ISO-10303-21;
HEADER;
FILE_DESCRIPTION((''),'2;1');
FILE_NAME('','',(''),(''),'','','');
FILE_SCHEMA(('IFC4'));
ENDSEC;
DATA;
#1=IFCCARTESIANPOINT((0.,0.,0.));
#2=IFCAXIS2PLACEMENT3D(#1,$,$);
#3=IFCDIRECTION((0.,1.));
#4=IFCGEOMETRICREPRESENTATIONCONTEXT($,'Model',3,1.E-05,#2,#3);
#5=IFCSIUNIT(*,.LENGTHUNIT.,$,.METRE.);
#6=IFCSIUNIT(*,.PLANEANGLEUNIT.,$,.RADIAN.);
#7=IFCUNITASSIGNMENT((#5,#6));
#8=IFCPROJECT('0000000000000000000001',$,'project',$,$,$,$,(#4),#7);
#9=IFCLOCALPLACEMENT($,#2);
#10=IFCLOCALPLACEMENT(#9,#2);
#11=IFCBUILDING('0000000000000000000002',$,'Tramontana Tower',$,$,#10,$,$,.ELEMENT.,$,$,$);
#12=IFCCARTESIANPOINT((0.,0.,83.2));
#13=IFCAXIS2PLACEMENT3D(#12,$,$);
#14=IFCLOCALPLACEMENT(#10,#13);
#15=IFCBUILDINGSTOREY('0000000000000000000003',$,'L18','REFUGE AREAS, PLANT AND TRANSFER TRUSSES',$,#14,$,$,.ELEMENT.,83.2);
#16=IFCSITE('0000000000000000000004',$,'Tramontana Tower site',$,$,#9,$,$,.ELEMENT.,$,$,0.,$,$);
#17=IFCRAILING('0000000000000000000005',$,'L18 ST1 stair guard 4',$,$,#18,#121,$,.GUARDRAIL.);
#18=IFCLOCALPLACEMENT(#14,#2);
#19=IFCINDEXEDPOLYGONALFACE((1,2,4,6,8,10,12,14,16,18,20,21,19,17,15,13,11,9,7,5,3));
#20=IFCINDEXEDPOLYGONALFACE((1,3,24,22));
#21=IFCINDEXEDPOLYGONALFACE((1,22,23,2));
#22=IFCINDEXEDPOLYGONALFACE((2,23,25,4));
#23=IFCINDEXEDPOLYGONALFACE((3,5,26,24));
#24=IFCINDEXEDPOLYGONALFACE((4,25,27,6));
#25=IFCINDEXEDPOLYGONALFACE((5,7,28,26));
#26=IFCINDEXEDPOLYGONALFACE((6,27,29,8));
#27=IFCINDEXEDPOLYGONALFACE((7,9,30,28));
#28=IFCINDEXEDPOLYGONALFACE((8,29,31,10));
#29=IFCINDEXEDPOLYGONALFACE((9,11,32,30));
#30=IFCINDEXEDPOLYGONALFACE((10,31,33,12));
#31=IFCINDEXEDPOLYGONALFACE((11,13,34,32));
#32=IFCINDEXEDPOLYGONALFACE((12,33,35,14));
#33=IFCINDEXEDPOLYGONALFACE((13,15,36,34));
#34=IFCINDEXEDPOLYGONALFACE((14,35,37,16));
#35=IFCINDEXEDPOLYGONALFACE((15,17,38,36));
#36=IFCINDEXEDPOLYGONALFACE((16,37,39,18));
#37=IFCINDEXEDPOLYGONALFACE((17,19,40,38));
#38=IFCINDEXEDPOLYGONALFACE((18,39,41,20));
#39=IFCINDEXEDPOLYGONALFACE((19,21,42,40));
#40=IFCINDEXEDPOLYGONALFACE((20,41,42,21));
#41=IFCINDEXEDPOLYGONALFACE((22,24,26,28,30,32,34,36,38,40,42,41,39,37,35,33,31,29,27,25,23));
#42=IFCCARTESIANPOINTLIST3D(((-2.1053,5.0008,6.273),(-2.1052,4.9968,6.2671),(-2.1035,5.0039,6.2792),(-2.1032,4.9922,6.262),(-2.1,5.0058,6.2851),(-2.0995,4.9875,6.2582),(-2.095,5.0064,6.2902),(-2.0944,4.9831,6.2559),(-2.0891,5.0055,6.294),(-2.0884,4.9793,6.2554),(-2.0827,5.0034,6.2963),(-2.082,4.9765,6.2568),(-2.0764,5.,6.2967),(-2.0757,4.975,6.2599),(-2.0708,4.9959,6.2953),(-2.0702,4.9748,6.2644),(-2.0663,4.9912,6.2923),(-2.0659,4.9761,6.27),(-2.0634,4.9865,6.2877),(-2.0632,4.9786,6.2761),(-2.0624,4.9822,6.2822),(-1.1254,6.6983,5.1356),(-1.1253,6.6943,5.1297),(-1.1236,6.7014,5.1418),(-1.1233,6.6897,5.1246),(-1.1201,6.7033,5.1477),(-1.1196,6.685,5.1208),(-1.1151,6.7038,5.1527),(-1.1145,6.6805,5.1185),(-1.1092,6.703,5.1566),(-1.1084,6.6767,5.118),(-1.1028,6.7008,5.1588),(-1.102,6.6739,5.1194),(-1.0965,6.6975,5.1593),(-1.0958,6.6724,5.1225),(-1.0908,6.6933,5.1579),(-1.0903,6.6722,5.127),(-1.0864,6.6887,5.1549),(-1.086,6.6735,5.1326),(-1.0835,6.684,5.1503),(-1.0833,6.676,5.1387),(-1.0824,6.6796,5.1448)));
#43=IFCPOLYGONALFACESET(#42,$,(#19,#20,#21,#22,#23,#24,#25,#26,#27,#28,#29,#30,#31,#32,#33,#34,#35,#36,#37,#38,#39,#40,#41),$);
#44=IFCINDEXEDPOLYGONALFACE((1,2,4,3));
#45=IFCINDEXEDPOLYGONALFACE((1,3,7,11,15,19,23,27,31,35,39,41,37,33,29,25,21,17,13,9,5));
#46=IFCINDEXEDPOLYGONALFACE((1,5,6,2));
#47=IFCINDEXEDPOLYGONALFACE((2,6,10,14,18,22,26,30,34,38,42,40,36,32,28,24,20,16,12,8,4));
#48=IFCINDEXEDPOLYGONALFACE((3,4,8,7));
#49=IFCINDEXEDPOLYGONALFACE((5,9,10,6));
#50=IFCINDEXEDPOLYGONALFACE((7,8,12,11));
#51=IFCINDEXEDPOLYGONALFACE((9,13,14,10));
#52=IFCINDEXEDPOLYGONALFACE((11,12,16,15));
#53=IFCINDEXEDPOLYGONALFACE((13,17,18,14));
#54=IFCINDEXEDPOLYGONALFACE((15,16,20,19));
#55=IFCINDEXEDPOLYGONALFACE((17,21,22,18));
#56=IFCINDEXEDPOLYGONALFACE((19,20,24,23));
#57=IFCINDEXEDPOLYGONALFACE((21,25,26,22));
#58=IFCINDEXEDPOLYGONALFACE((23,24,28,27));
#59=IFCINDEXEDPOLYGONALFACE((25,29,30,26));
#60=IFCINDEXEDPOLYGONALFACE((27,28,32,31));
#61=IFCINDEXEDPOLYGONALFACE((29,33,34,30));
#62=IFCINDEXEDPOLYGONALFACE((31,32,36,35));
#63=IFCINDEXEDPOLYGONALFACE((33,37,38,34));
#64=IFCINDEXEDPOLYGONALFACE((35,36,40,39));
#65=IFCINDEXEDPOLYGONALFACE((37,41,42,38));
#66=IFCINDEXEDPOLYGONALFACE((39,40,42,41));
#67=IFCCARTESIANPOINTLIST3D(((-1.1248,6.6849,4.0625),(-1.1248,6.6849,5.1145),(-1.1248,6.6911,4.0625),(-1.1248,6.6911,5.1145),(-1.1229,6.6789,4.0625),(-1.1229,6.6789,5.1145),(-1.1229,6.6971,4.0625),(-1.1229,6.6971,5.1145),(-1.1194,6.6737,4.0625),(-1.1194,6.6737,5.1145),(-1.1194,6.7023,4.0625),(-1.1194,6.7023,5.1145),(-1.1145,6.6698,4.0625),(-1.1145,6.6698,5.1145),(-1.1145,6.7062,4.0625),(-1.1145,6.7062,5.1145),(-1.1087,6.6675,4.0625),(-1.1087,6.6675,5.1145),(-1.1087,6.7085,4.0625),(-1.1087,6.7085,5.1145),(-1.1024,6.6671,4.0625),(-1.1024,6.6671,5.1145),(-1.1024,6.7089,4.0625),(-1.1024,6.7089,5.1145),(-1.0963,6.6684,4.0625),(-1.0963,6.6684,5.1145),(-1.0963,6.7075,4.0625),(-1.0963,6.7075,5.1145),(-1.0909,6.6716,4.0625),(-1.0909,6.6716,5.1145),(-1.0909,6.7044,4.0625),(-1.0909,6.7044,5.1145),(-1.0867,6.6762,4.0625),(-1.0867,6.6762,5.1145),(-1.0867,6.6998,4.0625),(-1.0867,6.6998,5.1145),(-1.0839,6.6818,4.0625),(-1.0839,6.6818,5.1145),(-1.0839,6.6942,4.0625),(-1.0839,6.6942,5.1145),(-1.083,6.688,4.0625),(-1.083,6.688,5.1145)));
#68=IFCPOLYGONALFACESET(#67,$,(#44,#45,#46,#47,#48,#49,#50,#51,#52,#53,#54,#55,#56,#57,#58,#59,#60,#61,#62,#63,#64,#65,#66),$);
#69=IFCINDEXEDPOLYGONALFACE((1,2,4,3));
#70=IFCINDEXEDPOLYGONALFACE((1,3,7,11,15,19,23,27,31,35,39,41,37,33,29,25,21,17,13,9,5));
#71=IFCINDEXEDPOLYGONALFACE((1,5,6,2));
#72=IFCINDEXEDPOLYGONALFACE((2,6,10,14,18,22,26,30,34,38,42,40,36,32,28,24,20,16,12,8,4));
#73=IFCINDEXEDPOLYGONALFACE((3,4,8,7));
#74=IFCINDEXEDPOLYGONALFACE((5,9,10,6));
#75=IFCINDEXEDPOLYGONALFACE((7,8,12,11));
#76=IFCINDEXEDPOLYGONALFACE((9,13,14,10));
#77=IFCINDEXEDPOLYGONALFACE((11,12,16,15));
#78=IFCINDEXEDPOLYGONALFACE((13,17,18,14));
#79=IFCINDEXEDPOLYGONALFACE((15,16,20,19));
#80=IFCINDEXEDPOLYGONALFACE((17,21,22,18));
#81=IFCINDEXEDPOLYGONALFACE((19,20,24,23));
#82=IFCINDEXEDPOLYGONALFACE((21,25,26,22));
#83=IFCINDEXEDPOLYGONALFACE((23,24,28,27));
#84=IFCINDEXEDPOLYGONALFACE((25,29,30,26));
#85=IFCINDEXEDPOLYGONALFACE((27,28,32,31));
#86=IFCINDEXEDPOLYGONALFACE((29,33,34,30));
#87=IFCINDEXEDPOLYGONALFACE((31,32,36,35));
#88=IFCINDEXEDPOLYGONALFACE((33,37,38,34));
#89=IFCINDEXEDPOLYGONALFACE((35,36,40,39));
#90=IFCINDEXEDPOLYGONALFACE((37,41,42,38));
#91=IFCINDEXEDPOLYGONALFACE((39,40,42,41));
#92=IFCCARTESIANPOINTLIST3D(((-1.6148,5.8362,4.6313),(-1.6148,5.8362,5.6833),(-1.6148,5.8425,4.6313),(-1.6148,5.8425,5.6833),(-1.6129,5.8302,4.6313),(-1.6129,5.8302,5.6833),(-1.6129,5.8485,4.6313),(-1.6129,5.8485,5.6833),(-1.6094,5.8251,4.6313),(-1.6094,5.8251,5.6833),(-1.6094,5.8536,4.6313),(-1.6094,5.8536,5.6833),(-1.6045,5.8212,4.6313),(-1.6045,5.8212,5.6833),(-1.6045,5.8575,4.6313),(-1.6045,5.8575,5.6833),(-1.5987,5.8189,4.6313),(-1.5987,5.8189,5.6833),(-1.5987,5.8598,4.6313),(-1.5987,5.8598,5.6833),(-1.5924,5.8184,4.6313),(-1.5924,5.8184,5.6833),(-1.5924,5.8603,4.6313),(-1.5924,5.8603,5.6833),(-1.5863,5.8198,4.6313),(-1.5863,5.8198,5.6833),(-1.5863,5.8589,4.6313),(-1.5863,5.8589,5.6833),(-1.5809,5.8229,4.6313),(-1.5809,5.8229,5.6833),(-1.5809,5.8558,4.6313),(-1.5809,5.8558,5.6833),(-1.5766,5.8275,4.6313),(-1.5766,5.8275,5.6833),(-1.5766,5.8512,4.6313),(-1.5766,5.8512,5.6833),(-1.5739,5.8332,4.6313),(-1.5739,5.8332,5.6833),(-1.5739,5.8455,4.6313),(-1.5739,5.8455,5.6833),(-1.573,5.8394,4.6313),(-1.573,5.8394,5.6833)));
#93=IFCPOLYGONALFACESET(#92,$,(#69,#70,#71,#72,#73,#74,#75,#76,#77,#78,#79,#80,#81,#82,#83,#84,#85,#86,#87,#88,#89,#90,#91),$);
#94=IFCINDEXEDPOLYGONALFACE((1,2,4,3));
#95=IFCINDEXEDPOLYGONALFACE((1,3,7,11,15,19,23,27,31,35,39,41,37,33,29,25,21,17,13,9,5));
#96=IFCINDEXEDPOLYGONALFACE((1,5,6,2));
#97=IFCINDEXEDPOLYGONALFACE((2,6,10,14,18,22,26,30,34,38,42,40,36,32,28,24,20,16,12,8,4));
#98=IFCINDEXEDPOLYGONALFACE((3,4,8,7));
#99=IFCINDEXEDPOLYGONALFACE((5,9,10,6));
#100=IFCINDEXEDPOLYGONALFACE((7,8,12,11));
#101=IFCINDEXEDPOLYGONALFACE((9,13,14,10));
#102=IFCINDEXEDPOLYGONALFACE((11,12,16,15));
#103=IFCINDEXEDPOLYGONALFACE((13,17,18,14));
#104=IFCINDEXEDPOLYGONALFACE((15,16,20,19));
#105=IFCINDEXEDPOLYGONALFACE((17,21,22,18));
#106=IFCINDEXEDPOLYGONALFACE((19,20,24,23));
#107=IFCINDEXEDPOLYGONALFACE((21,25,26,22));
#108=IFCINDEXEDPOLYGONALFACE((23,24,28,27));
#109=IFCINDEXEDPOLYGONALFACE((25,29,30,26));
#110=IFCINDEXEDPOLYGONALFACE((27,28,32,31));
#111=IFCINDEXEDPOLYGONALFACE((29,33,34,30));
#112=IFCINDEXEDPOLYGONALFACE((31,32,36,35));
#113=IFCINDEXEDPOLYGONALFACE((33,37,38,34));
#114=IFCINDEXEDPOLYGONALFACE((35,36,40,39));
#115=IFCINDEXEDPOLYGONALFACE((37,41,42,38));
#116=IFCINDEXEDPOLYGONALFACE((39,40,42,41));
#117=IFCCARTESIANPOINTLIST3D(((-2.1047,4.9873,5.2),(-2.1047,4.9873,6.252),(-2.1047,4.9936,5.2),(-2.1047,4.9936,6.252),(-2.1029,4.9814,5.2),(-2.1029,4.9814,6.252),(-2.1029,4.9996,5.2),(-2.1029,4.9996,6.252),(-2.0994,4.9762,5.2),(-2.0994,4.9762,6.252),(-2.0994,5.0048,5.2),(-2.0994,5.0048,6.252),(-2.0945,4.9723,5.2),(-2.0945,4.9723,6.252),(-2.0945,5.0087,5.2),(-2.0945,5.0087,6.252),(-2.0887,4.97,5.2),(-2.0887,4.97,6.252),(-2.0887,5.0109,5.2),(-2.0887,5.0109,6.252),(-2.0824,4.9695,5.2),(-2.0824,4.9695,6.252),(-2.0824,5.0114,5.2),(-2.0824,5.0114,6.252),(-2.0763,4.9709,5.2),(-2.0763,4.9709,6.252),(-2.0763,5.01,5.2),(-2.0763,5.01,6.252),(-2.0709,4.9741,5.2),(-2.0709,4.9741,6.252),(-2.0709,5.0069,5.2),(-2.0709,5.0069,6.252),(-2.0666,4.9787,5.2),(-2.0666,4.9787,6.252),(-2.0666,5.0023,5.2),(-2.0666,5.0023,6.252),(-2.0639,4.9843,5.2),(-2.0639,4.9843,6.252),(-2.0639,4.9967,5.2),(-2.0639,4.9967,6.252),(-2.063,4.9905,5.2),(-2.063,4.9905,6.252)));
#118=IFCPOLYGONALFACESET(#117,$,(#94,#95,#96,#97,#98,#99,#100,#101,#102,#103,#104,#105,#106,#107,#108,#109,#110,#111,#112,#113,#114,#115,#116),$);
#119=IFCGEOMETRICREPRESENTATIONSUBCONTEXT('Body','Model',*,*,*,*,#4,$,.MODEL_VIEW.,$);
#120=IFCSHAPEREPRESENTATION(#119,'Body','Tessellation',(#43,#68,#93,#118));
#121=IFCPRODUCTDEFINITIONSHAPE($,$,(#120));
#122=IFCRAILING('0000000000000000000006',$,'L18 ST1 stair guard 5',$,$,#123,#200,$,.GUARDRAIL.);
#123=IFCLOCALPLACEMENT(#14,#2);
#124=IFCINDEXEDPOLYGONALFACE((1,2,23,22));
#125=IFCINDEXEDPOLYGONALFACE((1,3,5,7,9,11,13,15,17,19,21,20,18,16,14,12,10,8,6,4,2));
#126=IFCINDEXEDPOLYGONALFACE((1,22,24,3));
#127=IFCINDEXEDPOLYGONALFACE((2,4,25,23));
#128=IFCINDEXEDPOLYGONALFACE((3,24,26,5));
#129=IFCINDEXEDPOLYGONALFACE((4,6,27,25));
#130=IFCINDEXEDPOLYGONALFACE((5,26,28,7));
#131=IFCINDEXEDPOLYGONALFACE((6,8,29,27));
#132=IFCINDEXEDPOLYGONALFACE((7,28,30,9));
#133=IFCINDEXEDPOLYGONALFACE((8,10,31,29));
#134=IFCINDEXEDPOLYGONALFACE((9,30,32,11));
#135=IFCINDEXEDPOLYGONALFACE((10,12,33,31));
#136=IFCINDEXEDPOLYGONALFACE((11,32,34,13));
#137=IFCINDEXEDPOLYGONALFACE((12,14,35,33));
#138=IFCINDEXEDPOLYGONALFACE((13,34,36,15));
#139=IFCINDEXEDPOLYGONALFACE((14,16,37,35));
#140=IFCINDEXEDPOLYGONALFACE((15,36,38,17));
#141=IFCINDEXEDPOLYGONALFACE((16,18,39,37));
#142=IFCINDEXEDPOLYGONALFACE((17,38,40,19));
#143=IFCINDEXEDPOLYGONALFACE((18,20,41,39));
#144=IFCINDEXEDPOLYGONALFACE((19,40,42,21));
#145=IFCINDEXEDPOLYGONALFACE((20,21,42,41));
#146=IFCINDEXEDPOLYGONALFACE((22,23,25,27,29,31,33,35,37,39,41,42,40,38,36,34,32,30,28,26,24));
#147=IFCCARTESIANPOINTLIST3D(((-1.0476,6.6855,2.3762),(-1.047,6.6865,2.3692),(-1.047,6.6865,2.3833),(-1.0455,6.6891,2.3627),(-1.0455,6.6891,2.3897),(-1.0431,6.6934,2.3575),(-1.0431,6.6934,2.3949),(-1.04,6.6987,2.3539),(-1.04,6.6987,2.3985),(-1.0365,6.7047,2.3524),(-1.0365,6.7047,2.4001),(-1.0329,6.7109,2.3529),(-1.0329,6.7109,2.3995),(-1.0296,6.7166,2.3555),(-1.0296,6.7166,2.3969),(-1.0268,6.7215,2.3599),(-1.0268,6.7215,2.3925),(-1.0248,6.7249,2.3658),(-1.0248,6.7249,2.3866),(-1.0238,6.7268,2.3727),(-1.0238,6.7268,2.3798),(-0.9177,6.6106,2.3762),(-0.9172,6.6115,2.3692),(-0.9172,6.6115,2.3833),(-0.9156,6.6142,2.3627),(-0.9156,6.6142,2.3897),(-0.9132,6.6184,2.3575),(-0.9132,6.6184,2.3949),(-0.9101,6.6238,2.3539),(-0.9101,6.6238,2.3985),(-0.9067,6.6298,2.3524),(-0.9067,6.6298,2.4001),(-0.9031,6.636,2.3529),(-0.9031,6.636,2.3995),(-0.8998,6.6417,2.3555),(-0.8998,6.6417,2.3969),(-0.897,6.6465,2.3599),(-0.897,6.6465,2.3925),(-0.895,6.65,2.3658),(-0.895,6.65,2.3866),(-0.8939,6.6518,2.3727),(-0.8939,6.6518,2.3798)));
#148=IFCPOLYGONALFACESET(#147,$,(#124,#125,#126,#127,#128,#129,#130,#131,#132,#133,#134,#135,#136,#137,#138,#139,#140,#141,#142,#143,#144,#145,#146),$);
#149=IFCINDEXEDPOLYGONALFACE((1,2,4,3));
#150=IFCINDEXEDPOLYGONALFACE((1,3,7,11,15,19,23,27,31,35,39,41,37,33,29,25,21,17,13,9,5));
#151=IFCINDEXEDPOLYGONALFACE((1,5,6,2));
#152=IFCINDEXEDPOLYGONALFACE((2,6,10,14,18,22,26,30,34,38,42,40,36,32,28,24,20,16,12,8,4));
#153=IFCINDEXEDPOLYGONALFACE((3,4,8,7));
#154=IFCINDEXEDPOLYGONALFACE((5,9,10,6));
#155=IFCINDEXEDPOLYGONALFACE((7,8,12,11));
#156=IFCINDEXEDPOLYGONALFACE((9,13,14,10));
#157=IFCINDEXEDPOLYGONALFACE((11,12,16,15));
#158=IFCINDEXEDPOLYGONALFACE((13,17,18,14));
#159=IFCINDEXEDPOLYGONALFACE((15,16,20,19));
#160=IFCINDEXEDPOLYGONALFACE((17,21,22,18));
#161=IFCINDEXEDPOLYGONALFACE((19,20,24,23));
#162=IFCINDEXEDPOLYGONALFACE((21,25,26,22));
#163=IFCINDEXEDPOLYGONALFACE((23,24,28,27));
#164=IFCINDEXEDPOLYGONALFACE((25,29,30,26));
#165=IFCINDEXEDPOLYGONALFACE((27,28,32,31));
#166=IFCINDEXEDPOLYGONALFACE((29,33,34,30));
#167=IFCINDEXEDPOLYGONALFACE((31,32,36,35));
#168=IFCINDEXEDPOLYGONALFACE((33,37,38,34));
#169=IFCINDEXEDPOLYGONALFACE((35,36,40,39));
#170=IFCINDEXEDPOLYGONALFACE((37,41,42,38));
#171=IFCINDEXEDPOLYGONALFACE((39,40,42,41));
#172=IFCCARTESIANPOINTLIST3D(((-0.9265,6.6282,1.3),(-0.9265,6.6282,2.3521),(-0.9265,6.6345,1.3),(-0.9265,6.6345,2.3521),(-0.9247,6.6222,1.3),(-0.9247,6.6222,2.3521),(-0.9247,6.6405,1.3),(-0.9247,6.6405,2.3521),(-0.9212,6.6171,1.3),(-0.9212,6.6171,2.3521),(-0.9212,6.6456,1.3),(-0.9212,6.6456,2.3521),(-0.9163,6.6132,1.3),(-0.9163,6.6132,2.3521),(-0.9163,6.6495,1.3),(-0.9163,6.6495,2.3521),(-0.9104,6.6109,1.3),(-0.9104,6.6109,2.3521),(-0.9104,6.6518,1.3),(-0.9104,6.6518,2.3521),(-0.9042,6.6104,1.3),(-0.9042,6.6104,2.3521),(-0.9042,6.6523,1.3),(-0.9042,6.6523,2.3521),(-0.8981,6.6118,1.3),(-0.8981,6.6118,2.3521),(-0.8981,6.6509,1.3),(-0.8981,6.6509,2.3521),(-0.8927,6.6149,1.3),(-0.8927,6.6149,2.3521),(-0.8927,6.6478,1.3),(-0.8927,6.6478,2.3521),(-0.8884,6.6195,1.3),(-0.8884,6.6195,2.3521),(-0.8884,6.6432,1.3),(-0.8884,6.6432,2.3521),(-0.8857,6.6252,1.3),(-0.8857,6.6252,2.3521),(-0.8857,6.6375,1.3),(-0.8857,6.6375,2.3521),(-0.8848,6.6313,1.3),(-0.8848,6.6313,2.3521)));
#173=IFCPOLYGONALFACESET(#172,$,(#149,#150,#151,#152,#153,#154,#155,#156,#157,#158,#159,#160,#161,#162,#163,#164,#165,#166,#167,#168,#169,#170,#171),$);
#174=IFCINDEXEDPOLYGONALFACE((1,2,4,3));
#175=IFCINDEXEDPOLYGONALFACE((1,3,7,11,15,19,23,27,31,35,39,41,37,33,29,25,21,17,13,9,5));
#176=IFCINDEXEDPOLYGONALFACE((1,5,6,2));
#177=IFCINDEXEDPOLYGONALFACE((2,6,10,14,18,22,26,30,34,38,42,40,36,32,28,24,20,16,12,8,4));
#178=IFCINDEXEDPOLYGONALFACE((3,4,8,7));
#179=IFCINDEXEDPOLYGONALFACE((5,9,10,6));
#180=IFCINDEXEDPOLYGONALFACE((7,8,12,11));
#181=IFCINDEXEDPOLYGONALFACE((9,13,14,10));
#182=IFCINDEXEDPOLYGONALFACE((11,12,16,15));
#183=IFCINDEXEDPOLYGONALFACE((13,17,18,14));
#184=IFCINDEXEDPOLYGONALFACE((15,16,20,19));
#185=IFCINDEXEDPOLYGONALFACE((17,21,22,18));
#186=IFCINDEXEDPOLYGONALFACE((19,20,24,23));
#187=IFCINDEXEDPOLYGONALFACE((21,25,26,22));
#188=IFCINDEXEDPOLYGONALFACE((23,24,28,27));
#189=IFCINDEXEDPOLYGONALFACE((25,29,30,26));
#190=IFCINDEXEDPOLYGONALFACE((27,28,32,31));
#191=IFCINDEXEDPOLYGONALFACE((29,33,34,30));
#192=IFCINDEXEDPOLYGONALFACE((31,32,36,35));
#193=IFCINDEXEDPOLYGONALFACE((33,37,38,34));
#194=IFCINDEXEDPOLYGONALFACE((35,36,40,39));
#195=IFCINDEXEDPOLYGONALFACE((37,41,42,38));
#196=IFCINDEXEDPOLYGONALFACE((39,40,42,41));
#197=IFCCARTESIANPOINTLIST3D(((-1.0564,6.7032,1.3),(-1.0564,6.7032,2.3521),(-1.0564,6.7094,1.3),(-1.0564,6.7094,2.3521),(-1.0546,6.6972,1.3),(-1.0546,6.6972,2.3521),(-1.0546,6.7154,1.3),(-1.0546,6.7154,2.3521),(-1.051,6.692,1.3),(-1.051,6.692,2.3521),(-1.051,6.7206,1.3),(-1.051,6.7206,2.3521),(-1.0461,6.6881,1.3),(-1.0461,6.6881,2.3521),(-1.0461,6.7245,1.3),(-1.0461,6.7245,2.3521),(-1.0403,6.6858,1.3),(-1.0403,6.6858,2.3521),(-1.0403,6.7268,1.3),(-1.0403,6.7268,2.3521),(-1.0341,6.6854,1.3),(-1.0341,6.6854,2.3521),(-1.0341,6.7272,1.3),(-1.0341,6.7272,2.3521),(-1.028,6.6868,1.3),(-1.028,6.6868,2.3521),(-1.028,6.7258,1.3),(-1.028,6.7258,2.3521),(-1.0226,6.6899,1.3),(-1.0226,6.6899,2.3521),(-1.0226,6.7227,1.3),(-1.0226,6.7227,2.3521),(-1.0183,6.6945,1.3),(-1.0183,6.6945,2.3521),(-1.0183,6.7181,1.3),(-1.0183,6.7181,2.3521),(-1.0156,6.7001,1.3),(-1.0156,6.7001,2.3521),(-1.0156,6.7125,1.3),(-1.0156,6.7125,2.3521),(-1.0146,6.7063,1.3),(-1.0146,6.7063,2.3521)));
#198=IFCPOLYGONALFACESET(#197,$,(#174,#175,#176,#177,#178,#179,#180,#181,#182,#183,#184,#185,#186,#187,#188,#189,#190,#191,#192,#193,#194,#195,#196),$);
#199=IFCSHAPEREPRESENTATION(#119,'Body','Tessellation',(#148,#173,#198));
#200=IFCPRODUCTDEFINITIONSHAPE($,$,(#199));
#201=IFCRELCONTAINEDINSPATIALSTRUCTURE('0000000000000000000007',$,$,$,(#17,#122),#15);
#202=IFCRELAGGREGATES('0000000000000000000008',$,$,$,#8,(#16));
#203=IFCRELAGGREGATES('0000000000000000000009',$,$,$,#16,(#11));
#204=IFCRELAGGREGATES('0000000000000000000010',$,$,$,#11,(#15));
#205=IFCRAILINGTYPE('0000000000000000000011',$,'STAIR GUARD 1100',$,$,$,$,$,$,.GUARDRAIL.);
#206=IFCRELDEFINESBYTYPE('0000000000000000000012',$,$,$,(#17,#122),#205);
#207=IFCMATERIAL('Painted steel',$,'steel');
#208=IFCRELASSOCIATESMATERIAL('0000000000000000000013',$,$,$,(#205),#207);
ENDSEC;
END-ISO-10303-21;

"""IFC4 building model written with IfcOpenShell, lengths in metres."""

from ifc_helpers import new_model, si_unit, direction, frame, origin, origin_2d, place, context, subcontext, project, spatial, circle, extrude, material, type_object, element, save


model = new_model("IFC4")

# Units and contexts
model_context = context("Model", 3, precision=1e-05, world=origin(), true_north=direction((0.0, 1.0)))
body_context = subcontext(model_context, "Body", "Model", "MODEL_VIEW")
ifc_project = project(units=[si_unit("LENGTHUNIT", "METRE"), si_unit("PLANEANGLEUNIT", "RADIAN")], contexts=[model_context])

# Site, building, storey
site_placement = place(None, origin())
site = spatial("IfcSite", under=ifc_project, at=site_placement, Name="Tramontana Tower site", CompositionType="ELEMENT", RefElevation=0.0)
building_placement = place(site_placement, origin())
building = spatial("IfcBuilding", under=site, at=building_placement, Name="Tramontana Tower", CompositionType="ELEMENT")
storey_placement = place(building_placement, frame((0.0, 0.0, 83.2)))
storey = spatial("IfcBuildingStorey", under=building, at=storey_placement, Name="L18", Description="REFUGE AREAS, PLANT AND TRANSFER TRUSSES", CompositionType="ELEMENT", Elevation=83.2)

# Railings
ifc_material_1 = material(Name="Painted steel", Category="steel")
railing_type_1 = type_object("IfcRailingType", Name="STAIR GUARD 1100", PredefinedType="GUARDRAIL", material=ifc_material_1)
railing_1_placement = place(storey_placement, frame((-1.104, 6.688, 4.0625)))
element("IfcRailing", 1, at=railing_1_placement, inside=storey, type_object=railing_type_1, Name="L18 ST1 stair guard 4", PredefinedType="GUARDRAIL", context=body_context, shape_type="SweptSolid", body=[
    extrude(circle(Radius=0.0239, at=origin_2d()), frame((0.0, 0.0, 1.0762), z_axis=(-0.432432, -0.749053, 0.501918), x_axis=(0.866042, -0.49997, 0.0)), (0.0, 0.0, 1.0), 2.2661),
    extrude(circle(Radius=0.021, at=origin_2d()), origin(), (0.0, 0.0, 1.0), 1.052),
    extrude(circle(Radius=0.021, at=origin_2d()), frame((-0.49, -0.8486, 0.5688)), (0.0, 0.0, 1.0), 1.052),
    extrude(circle(Radius=0.021, at=origin_2d()), frame((-0.98, -1.6975, 1.1375)), (0.0, 0.0, 1.0), 1.052),
])
railing_2_placement = place(storey_placement, frame((-0.9058, 6.6313, 1.3)))
element("IfcRailing", 2, at=railing_2_placement, inside=storey, type_object=railing_type_1, Name="L18 ST1 stair guard 5", PredefinedType="GUARDRAIL", context=body_context, shape_type="SweptSolid", body=[
    extrude(circle(Radius=0.0239, at=origin_2d()), frame((0.0, 0.0, 1.0762), z_axis=(-0.866131, 0.499816, 0.0), x_axis=(-0.499816, -0.866131, 0.0)), (0.0, 0.0, 1.0), 0.1499),
    extrude(circle(Radius=0.021, at=origin_2d()), origin(), (0.0, 0.0, 1.0), 1.052),
    extrude(circle(Radius=0.021, at=origin_2d()), frame((-0.1299, 0.075, 0.0)), (0.0, 0.0, 1.0), 1.052),
])

save(model, "model.ifc")
